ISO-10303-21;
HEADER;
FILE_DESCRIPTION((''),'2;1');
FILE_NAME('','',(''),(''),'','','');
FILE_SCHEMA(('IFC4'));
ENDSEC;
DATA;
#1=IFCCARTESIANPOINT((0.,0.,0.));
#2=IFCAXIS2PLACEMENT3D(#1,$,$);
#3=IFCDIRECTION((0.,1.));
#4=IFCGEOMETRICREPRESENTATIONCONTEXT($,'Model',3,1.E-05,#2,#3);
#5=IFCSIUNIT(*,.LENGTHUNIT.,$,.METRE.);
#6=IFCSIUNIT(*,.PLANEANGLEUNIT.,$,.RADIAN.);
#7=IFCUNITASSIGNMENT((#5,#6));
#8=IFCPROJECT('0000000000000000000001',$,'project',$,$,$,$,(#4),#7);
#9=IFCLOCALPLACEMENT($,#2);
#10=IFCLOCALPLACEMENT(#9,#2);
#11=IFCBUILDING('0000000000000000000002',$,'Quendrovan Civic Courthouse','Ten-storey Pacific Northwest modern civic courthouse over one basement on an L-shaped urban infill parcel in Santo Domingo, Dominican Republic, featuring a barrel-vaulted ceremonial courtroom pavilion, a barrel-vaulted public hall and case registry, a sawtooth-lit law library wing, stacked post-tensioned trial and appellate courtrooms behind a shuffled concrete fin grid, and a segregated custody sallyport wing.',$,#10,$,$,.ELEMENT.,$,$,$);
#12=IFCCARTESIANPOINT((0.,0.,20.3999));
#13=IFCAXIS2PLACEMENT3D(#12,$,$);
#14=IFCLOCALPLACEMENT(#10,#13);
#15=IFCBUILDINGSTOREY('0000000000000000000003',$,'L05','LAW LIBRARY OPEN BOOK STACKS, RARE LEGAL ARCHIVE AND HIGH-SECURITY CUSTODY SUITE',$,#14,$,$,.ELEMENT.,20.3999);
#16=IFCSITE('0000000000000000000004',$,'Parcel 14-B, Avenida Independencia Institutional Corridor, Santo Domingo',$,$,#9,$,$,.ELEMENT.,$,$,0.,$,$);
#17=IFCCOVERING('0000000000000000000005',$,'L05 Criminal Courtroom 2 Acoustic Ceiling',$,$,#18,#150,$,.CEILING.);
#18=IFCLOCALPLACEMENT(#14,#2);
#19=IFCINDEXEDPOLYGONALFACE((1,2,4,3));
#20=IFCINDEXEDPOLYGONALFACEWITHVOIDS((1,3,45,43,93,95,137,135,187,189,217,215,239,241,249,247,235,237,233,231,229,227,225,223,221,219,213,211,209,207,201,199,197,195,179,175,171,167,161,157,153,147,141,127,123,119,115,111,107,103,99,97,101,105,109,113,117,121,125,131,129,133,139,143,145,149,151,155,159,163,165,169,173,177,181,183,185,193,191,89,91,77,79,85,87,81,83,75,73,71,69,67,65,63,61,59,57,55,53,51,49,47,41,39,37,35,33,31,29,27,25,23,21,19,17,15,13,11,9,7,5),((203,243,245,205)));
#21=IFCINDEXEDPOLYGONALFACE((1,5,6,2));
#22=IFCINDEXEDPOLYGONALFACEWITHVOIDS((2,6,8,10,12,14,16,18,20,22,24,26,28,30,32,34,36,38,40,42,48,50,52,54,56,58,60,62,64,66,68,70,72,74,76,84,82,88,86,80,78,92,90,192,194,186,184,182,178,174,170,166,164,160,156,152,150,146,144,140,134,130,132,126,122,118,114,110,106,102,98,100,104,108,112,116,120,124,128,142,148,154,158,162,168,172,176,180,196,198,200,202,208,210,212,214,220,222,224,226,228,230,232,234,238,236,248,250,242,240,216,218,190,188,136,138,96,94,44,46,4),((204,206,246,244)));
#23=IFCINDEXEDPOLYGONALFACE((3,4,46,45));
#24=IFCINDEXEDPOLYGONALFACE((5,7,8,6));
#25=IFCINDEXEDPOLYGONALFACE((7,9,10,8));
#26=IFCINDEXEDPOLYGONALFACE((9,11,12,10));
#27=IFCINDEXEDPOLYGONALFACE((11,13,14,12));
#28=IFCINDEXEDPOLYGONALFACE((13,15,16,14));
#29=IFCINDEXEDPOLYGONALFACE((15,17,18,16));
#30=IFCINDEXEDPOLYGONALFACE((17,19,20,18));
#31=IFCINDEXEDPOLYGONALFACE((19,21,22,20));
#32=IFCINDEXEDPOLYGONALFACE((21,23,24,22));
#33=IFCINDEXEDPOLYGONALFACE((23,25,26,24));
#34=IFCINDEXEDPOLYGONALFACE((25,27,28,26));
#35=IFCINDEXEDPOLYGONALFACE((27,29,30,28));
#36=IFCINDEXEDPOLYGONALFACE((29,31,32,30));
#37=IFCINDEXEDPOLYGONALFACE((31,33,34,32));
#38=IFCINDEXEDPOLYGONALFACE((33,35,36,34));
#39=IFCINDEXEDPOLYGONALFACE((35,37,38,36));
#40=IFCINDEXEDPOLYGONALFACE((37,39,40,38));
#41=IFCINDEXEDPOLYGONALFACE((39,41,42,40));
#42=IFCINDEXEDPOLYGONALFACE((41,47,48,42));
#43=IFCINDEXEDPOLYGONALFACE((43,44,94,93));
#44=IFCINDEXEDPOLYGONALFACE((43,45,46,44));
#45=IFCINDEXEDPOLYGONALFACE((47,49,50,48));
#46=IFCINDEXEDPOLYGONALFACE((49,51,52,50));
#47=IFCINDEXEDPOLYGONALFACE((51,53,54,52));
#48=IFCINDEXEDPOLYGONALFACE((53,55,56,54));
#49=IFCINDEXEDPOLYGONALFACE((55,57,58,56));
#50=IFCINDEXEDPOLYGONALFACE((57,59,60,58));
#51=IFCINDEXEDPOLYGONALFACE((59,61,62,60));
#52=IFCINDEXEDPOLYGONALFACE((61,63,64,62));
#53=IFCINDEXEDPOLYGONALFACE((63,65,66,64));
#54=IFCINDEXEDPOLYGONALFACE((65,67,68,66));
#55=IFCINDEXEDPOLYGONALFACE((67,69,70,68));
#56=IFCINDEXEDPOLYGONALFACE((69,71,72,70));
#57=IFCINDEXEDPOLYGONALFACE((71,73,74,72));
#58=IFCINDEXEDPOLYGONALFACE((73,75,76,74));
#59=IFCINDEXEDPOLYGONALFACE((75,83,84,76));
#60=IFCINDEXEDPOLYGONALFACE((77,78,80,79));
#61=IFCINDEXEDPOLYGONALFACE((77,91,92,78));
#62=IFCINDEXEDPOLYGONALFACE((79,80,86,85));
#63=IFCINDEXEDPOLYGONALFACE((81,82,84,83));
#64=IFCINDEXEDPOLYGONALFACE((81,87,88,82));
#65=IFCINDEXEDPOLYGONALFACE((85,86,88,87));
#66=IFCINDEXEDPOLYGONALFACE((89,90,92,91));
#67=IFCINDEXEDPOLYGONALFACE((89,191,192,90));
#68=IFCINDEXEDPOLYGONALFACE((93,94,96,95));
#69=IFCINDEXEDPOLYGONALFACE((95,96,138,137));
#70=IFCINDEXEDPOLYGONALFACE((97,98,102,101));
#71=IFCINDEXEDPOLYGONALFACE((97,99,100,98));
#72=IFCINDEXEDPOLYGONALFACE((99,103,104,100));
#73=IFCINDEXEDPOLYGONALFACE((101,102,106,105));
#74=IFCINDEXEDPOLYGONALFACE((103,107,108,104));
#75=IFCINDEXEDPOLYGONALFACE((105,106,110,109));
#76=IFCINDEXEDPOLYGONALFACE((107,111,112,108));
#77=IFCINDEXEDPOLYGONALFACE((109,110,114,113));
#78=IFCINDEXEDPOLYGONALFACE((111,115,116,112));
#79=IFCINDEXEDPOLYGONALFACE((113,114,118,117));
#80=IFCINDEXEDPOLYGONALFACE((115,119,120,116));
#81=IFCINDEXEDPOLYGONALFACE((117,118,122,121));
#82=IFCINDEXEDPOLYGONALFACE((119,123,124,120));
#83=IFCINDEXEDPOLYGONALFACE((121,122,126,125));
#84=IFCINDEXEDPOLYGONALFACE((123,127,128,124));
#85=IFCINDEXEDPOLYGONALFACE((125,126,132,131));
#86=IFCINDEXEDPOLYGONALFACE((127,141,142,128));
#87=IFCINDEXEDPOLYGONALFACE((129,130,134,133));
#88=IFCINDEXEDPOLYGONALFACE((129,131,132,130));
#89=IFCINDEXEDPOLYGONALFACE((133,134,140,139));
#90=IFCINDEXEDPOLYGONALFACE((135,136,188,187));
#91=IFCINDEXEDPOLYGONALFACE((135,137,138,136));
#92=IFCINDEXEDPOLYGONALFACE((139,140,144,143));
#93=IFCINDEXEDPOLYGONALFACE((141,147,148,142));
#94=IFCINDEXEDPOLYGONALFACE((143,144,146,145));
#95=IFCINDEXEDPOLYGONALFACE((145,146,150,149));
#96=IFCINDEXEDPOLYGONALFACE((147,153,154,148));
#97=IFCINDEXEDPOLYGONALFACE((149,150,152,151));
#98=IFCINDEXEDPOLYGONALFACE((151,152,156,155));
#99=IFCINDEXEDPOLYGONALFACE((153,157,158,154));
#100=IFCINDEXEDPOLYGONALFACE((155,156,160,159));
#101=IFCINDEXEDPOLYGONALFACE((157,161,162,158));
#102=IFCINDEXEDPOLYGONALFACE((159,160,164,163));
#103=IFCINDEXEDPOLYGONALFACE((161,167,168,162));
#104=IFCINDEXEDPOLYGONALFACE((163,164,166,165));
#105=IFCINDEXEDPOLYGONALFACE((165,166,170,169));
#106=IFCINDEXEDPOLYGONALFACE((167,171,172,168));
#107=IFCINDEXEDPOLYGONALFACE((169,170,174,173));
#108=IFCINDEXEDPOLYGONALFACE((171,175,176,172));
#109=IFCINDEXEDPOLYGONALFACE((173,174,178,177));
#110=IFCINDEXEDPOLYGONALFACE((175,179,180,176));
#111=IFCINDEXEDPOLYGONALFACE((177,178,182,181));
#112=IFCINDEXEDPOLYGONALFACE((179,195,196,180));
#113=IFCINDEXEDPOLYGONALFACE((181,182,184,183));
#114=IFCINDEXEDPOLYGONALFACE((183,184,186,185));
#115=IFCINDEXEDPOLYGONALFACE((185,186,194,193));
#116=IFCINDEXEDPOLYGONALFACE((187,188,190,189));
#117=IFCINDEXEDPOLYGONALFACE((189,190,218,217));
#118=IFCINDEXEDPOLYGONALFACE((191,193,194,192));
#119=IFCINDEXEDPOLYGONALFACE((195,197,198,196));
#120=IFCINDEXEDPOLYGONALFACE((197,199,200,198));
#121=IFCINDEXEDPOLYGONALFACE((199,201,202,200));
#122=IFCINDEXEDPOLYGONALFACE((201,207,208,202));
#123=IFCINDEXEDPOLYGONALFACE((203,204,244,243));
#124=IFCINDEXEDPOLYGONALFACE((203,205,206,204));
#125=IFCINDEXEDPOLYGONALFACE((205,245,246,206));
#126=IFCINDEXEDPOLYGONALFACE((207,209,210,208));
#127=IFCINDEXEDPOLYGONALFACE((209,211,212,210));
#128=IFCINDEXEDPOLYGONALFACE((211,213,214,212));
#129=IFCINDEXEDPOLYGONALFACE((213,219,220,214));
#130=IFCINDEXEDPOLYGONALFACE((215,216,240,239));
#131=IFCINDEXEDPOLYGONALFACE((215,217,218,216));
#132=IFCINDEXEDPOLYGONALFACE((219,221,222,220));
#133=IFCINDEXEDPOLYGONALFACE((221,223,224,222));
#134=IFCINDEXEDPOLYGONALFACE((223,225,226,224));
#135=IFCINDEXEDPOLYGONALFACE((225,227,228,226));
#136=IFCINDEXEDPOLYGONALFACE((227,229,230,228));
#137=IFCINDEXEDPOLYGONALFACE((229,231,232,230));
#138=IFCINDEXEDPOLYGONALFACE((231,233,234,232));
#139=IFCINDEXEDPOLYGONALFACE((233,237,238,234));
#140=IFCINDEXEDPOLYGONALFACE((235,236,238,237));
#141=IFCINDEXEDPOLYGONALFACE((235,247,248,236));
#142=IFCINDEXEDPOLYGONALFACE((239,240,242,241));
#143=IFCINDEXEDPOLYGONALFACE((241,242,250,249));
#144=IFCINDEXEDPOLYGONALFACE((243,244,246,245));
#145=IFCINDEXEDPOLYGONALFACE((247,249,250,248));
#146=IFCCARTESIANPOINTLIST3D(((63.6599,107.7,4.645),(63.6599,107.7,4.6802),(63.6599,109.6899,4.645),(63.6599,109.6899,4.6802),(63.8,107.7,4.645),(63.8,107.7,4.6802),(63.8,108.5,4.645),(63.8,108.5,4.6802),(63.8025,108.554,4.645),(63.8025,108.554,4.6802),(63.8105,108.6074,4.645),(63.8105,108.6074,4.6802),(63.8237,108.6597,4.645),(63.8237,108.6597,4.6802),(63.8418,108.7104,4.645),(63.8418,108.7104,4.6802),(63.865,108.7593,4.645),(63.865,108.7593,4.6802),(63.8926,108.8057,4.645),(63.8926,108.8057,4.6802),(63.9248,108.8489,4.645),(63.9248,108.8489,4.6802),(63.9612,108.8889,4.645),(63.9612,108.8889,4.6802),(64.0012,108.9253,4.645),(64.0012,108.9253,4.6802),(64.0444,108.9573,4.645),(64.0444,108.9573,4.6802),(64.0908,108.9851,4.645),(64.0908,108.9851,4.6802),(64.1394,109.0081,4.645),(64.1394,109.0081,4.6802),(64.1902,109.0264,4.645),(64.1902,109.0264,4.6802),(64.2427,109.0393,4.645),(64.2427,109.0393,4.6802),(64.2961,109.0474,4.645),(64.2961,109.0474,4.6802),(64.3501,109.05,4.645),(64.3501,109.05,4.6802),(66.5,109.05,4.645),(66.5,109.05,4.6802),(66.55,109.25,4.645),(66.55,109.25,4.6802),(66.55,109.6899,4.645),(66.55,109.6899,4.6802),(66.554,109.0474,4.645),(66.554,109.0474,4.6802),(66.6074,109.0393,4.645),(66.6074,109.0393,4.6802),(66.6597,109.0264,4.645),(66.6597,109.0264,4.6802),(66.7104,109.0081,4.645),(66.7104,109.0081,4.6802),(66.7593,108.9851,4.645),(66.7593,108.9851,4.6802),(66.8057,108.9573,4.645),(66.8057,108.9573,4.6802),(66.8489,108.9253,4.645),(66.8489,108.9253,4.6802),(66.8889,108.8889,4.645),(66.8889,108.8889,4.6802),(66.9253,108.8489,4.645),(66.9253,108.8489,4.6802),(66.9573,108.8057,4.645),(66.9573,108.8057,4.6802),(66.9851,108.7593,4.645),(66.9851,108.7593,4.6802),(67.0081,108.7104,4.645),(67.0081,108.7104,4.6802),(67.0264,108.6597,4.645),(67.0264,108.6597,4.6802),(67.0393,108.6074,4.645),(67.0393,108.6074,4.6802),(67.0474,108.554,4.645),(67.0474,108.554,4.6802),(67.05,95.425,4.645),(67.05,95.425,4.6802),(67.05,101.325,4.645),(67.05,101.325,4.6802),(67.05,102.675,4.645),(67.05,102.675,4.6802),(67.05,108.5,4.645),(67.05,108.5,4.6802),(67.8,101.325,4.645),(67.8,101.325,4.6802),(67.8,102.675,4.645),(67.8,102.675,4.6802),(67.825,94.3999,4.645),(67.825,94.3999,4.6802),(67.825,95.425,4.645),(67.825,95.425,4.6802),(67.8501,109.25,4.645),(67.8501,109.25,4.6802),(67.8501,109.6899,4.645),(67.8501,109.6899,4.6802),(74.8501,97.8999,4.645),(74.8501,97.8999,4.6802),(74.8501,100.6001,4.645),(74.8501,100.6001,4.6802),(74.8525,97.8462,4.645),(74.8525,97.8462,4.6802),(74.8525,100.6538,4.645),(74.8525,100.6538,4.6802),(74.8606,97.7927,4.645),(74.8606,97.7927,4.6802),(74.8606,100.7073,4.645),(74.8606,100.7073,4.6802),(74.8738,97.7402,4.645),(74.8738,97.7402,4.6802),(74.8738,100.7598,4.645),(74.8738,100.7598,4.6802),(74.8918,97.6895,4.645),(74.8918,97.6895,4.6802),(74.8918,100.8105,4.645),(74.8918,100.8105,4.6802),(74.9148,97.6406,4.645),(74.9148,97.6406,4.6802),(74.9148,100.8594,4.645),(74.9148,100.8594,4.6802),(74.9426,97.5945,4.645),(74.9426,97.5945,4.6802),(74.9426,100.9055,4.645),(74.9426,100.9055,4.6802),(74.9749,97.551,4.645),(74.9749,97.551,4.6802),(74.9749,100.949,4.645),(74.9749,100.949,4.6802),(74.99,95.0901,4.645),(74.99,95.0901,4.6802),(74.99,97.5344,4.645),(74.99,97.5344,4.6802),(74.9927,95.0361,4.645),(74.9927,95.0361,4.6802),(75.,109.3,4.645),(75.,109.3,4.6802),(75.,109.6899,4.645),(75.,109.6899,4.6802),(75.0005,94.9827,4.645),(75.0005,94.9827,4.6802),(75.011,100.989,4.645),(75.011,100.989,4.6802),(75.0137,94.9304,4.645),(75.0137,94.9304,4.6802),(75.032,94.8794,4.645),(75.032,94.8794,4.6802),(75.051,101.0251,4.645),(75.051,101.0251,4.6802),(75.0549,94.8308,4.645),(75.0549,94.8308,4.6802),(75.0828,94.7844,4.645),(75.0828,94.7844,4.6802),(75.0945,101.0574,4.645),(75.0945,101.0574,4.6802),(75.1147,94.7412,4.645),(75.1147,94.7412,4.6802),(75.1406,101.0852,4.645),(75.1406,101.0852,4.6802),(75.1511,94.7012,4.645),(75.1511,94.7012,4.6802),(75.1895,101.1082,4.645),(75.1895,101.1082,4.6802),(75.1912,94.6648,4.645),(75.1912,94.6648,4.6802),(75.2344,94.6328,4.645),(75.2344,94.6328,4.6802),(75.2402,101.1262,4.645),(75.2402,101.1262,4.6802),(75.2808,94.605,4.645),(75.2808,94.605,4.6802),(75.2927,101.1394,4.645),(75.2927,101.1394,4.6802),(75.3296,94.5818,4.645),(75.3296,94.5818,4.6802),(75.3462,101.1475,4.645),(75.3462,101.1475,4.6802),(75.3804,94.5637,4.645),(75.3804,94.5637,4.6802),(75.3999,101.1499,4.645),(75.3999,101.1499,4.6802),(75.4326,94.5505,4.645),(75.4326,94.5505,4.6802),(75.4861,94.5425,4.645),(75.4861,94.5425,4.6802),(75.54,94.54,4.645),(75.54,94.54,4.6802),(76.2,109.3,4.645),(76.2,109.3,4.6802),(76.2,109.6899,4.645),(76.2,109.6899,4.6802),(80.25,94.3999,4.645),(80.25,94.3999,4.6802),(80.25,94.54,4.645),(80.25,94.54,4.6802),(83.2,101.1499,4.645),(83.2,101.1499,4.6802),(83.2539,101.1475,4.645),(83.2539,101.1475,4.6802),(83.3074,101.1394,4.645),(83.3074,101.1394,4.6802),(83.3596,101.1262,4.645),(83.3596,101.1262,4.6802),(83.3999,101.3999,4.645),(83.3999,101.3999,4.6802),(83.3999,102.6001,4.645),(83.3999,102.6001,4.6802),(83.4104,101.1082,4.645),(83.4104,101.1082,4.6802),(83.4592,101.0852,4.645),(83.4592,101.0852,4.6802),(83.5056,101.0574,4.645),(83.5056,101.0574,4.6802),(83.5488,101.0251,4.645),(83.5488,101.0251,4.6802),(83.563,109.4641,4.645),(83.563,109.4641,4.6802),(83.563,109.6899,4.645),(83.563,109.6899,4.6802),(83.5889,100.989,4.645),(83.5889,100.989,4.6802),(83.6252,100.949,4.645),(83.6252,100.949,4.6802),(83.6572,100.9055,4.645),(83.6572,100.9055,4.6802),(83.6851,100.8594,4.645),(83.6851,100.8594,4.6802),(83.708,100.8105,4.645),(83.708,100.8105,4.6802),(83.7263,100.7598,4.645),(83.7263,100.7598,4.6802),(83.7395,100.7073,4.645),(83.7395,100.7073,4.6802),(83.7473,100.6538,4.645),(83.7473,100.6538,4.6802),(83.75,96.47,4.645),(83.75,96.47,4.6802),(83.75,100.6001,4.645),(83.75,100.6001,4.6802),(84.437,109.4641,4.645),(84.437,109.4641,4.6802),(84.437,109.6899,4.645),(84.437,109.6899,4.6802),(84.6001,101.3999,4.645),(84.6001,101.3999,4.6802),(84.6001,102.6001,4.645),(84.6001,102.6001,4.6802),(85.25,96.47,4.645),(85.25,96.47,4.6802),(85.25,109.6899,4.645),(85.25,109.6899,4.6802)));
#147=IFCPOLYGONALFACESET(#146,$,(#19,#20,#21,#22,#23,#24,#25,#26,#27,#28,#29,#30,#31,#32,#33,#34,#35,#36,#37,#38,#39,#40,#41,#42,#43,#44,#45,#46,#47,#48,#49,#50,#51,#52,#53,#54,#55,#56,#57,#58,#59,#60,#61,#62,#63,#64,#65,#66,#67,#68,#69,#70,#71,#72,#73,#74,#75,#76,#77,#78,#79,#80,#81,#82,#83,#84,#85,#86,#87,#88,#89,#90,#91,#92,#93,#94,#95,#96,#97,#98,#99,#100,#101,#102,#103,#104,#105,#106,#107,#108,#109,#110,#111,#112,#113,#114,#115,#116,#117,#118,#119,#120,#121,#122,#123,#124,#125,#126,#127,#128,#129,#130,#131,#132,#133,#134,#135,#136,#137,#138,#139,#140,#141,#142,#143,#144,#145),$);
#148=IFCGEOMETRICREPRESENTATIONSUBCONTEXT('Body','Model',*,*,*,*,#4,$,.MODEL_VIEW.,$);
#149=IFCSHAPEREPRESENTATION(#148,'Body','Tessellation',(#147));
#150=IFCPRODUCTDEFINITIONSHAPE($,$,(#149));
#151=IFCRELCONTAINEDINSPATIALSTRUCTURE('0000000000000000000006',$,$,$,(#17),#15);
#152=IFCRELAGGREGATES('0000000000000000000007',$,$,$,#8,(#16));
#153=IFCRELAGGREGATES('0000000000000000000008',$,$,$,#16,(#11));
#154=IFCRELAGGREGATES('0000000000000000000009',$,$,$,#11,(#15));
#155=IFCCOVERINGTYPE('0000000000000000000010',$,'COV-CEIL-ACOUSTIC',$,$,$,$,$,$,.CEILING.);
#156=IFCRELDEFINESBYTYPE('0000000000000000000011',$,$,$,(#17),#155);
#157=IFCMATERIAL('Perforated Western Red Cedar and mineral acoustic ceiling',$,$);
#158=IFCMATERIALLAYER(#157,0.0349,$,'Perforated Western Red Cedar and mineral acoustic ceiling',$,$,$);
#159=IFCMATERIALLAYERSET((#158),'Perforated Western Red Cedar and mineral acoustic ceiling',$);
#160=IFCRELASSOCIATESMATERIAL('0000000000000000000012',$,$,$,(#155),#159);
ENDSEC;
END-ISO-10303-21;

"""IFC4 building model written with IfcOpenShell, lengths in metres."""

from ifc_helpers import new_model, si_unit, direction, frame, origin, place, context, subcontext, project, spatial, polyline, outline, extrude, material, layer, layer_set, type_object, element, save


model = new_model("IFC4")

# Units and contexts
model_context = context("Model", 3, precision=1e-05, world=origin(), true_north=direction((0.0, 1.0)))
body_context = subcontext(model_context, "Body", "Model", "MODEL_VIEW")
ifc_project = project(units=[si_unit("LENGTHUNIT", "METRE"), si_unit("PLANEANGLEUNIT", "RADIAN")], contexts=[model_context])

# Site, building, storey
site_placement = place(None, origin())
site = spatial("IfcSite", under=ifc_project, at=site_placement, Name="Parcel 14-B, Avenida Independencia Institutional Corridor, Santo Domingo", CompositionType="ELEMENT", RefElevation=0.0)
building_placement = place(site_placement, origin())
building = spatial("IfcBuilding", under=site, at=building_placement, Name="Quendrovan Civic Courthouse", Description="Ten-storey Pacific Northwest modern civic courthouse over one basement on an L-shaped urban infill parcel in Santo Domingo, Dominican Republic, featuring a barrel-vaulted ceremonial courtroom pavilion, a barrel-vaulted public hall and case registry, a sawtooth-lit law library wing, stacked post-tensioned trial and appellate courtrooms behind a shuffled concrete fin grid, and a segregated custody sallyport wing.", CompositionType="ELEMENT")
storey_placement = place(building_placement, frame((0.0, 0.0, 20.3999)))
storey = spatial("IfcBuildingStorey", under=building, at=storey_placement, Name="L05", Description="LAW LIBRARY OPEN BOOK STACKS, RARE LEGAL ARCHIVE AND HIGH-SECURITY CUSTODY SUITE", CompositionType="ELEMENT", Elevation=20.3999)

# Covering
ifc_material_1 = material(Name="Perforated Western Red Cedar and mineral acoustic ceiling")
ifc_layer_1 = layer(ifc_material_1, 0.0349, Name="Perforated Western Red Cedar and mineral acoustic ceiling")
ifc_layer_set_1 = layer_set([ifc_layer_1], Name="Perforated Western Red Cedar and mineral acoustic ceiling")
covering_type_1 = type_object("IfcCoveringType", Name="COV-CEIL-ACOUSTIC", PredefinedType="CEILING", material=ifc_layer_set_1)
covering_1_placement = place(storey_placement, frame((0.0, 0.0, 4.645)))
element("IfcCovering", 1, at=covering_1_placement, inside=storey, type_object=covering_type_1, Name="L05 Criminal Courtroom 2 Acoustic Ceiling", PredefinedType="CEILING", context=body_context, shape_type="SweptSolid", body=[
    extrude(outline(polyline([(75.2402, 101.1262), (75.1895, 101.1082), (75.1406, 101.0852), (75.0945, 101.0574), (75.051, 101.0251), (75.011, 100.989), (74.9749, 100.949), (74.9426, 100.9055), (74.9148, 100.8594), (74.8918, 100.8105), (74.8738, 100.7598), (74.8606, 100.7073), (74.8525, 100.6538), (74.8501, 100.6001), (74.8501, 97.8999), (74.8525, 97.8462), (74.8606, 97.7927), (74.8738, 97.7402), (74.8918, 97.6895), (74.9148, 97.6406), (74.9426, 97.5945), (74.9749, 97.551), (74.99, 97.5344), (74.99, 95.0901), (74.9927, 95.0361), (75.0005, 94.9827), (75.0137, 94.9304), (75.032, 94.8794), (75.0549, 94.8308), (75.0828, 94.7844), (75.1147, 94.7412), (75.1511, 94.7012), (75.1912, 94.6648), (75.2344, 94.6328), (75.2808, 94.605), (75.3296, 94.5818), (75.3804, 94.5637), (75.4326, 94.5505), (75.4861, 94.5425), (75.54, 94.54), (80.25, 94.54), (80.25, 94.3999), (67.825, 94.3999), (67.825, 95.425), (67.05, 95.425), (67.05, 101.325), (67.8, 101.325), (67.8, 102.675), (67.05, 102.675), (67.05, 108.5), (67.0474, 108.554), (67.0393, 108.6074), (67.0264, 108.6597), (67.0081, 108.7104), (66.9851, 108.7593), (66.9573, 108.8057), (66.9253, 108.8489), (66.8889, 108.8889), (66.8489, 108.9253), (66.8057, 108.9573), (66.7593, 108.9851), (66.7104, 109.0081), (66.6597, 109.0264), (66.6074, 109.0393), (66.554, 109.0474), (66.5, 109.05), (64.3501, 109.05), (64.2961, 109.0474), (64.2427, 109.0393), (64.1902, 109.0264), (64.1394, 109.0081), (64.0908, 108.9851), (64.0444, 108.9573), (64.0012, 108.9253), (63.9612, 108.8889), (63.9248, 108.8489), (63.8926, 108.8057), (63.865, 108.7593), (63.8418, 108.7104), (63.8237, 108.6597), (63.8105, 108.6074), (63.8025, 108.554), (63.8, 108.5), (63.8, 107.7), (63.6599, 107.7), (63.6599, 109.6899), (66.55, 109.6899), (66.55, 109.25), (67.8501, 109.25), (67.8501, 109.6899), (75.0, 109.6899), (75.0, 109.3), (76.2, 109.3), (76.2, 109.6899), (83.563, 109.6899), (83.563, 109.4641), (84.437, 109.4641), (84.437, 109.6899), (85.25, 109.6899), (85.25, 96.47), (83.75, 96.47), (83.75, 100.6001), (83.7473, 100.6538), (83.7395, 100.7073), (83.7263, 100.7598), (83.708, 100.8105), (83.6851, 100.8594), (83.6572, 100.9055), (83.6252, 100.949), (83.5889, 100.989), (83.5488, 101.0251), (83.5056, 101.0574), (83.4592, 101.0852), (83.4104, 101.1082), (83.3596, 101.1262), (83.3074, 101.1394), (83.2539, 101.1475), (83.2, 101.1499), (75.3999, 101.1499), (75.3462, 101.1475), (75.2927, 101.1394), (75.2402, 101.1262)]), holes=[polyline([(83.3999, 101.3999), (84.6001, 101.3999), (84.6001, 102.6001), (83.3999, 102.6001), (83.3999, 101.3999)])]), origin(), (0.0, 0.0, 1.0), 0.0352),
])

save(model, "model.ifc")
